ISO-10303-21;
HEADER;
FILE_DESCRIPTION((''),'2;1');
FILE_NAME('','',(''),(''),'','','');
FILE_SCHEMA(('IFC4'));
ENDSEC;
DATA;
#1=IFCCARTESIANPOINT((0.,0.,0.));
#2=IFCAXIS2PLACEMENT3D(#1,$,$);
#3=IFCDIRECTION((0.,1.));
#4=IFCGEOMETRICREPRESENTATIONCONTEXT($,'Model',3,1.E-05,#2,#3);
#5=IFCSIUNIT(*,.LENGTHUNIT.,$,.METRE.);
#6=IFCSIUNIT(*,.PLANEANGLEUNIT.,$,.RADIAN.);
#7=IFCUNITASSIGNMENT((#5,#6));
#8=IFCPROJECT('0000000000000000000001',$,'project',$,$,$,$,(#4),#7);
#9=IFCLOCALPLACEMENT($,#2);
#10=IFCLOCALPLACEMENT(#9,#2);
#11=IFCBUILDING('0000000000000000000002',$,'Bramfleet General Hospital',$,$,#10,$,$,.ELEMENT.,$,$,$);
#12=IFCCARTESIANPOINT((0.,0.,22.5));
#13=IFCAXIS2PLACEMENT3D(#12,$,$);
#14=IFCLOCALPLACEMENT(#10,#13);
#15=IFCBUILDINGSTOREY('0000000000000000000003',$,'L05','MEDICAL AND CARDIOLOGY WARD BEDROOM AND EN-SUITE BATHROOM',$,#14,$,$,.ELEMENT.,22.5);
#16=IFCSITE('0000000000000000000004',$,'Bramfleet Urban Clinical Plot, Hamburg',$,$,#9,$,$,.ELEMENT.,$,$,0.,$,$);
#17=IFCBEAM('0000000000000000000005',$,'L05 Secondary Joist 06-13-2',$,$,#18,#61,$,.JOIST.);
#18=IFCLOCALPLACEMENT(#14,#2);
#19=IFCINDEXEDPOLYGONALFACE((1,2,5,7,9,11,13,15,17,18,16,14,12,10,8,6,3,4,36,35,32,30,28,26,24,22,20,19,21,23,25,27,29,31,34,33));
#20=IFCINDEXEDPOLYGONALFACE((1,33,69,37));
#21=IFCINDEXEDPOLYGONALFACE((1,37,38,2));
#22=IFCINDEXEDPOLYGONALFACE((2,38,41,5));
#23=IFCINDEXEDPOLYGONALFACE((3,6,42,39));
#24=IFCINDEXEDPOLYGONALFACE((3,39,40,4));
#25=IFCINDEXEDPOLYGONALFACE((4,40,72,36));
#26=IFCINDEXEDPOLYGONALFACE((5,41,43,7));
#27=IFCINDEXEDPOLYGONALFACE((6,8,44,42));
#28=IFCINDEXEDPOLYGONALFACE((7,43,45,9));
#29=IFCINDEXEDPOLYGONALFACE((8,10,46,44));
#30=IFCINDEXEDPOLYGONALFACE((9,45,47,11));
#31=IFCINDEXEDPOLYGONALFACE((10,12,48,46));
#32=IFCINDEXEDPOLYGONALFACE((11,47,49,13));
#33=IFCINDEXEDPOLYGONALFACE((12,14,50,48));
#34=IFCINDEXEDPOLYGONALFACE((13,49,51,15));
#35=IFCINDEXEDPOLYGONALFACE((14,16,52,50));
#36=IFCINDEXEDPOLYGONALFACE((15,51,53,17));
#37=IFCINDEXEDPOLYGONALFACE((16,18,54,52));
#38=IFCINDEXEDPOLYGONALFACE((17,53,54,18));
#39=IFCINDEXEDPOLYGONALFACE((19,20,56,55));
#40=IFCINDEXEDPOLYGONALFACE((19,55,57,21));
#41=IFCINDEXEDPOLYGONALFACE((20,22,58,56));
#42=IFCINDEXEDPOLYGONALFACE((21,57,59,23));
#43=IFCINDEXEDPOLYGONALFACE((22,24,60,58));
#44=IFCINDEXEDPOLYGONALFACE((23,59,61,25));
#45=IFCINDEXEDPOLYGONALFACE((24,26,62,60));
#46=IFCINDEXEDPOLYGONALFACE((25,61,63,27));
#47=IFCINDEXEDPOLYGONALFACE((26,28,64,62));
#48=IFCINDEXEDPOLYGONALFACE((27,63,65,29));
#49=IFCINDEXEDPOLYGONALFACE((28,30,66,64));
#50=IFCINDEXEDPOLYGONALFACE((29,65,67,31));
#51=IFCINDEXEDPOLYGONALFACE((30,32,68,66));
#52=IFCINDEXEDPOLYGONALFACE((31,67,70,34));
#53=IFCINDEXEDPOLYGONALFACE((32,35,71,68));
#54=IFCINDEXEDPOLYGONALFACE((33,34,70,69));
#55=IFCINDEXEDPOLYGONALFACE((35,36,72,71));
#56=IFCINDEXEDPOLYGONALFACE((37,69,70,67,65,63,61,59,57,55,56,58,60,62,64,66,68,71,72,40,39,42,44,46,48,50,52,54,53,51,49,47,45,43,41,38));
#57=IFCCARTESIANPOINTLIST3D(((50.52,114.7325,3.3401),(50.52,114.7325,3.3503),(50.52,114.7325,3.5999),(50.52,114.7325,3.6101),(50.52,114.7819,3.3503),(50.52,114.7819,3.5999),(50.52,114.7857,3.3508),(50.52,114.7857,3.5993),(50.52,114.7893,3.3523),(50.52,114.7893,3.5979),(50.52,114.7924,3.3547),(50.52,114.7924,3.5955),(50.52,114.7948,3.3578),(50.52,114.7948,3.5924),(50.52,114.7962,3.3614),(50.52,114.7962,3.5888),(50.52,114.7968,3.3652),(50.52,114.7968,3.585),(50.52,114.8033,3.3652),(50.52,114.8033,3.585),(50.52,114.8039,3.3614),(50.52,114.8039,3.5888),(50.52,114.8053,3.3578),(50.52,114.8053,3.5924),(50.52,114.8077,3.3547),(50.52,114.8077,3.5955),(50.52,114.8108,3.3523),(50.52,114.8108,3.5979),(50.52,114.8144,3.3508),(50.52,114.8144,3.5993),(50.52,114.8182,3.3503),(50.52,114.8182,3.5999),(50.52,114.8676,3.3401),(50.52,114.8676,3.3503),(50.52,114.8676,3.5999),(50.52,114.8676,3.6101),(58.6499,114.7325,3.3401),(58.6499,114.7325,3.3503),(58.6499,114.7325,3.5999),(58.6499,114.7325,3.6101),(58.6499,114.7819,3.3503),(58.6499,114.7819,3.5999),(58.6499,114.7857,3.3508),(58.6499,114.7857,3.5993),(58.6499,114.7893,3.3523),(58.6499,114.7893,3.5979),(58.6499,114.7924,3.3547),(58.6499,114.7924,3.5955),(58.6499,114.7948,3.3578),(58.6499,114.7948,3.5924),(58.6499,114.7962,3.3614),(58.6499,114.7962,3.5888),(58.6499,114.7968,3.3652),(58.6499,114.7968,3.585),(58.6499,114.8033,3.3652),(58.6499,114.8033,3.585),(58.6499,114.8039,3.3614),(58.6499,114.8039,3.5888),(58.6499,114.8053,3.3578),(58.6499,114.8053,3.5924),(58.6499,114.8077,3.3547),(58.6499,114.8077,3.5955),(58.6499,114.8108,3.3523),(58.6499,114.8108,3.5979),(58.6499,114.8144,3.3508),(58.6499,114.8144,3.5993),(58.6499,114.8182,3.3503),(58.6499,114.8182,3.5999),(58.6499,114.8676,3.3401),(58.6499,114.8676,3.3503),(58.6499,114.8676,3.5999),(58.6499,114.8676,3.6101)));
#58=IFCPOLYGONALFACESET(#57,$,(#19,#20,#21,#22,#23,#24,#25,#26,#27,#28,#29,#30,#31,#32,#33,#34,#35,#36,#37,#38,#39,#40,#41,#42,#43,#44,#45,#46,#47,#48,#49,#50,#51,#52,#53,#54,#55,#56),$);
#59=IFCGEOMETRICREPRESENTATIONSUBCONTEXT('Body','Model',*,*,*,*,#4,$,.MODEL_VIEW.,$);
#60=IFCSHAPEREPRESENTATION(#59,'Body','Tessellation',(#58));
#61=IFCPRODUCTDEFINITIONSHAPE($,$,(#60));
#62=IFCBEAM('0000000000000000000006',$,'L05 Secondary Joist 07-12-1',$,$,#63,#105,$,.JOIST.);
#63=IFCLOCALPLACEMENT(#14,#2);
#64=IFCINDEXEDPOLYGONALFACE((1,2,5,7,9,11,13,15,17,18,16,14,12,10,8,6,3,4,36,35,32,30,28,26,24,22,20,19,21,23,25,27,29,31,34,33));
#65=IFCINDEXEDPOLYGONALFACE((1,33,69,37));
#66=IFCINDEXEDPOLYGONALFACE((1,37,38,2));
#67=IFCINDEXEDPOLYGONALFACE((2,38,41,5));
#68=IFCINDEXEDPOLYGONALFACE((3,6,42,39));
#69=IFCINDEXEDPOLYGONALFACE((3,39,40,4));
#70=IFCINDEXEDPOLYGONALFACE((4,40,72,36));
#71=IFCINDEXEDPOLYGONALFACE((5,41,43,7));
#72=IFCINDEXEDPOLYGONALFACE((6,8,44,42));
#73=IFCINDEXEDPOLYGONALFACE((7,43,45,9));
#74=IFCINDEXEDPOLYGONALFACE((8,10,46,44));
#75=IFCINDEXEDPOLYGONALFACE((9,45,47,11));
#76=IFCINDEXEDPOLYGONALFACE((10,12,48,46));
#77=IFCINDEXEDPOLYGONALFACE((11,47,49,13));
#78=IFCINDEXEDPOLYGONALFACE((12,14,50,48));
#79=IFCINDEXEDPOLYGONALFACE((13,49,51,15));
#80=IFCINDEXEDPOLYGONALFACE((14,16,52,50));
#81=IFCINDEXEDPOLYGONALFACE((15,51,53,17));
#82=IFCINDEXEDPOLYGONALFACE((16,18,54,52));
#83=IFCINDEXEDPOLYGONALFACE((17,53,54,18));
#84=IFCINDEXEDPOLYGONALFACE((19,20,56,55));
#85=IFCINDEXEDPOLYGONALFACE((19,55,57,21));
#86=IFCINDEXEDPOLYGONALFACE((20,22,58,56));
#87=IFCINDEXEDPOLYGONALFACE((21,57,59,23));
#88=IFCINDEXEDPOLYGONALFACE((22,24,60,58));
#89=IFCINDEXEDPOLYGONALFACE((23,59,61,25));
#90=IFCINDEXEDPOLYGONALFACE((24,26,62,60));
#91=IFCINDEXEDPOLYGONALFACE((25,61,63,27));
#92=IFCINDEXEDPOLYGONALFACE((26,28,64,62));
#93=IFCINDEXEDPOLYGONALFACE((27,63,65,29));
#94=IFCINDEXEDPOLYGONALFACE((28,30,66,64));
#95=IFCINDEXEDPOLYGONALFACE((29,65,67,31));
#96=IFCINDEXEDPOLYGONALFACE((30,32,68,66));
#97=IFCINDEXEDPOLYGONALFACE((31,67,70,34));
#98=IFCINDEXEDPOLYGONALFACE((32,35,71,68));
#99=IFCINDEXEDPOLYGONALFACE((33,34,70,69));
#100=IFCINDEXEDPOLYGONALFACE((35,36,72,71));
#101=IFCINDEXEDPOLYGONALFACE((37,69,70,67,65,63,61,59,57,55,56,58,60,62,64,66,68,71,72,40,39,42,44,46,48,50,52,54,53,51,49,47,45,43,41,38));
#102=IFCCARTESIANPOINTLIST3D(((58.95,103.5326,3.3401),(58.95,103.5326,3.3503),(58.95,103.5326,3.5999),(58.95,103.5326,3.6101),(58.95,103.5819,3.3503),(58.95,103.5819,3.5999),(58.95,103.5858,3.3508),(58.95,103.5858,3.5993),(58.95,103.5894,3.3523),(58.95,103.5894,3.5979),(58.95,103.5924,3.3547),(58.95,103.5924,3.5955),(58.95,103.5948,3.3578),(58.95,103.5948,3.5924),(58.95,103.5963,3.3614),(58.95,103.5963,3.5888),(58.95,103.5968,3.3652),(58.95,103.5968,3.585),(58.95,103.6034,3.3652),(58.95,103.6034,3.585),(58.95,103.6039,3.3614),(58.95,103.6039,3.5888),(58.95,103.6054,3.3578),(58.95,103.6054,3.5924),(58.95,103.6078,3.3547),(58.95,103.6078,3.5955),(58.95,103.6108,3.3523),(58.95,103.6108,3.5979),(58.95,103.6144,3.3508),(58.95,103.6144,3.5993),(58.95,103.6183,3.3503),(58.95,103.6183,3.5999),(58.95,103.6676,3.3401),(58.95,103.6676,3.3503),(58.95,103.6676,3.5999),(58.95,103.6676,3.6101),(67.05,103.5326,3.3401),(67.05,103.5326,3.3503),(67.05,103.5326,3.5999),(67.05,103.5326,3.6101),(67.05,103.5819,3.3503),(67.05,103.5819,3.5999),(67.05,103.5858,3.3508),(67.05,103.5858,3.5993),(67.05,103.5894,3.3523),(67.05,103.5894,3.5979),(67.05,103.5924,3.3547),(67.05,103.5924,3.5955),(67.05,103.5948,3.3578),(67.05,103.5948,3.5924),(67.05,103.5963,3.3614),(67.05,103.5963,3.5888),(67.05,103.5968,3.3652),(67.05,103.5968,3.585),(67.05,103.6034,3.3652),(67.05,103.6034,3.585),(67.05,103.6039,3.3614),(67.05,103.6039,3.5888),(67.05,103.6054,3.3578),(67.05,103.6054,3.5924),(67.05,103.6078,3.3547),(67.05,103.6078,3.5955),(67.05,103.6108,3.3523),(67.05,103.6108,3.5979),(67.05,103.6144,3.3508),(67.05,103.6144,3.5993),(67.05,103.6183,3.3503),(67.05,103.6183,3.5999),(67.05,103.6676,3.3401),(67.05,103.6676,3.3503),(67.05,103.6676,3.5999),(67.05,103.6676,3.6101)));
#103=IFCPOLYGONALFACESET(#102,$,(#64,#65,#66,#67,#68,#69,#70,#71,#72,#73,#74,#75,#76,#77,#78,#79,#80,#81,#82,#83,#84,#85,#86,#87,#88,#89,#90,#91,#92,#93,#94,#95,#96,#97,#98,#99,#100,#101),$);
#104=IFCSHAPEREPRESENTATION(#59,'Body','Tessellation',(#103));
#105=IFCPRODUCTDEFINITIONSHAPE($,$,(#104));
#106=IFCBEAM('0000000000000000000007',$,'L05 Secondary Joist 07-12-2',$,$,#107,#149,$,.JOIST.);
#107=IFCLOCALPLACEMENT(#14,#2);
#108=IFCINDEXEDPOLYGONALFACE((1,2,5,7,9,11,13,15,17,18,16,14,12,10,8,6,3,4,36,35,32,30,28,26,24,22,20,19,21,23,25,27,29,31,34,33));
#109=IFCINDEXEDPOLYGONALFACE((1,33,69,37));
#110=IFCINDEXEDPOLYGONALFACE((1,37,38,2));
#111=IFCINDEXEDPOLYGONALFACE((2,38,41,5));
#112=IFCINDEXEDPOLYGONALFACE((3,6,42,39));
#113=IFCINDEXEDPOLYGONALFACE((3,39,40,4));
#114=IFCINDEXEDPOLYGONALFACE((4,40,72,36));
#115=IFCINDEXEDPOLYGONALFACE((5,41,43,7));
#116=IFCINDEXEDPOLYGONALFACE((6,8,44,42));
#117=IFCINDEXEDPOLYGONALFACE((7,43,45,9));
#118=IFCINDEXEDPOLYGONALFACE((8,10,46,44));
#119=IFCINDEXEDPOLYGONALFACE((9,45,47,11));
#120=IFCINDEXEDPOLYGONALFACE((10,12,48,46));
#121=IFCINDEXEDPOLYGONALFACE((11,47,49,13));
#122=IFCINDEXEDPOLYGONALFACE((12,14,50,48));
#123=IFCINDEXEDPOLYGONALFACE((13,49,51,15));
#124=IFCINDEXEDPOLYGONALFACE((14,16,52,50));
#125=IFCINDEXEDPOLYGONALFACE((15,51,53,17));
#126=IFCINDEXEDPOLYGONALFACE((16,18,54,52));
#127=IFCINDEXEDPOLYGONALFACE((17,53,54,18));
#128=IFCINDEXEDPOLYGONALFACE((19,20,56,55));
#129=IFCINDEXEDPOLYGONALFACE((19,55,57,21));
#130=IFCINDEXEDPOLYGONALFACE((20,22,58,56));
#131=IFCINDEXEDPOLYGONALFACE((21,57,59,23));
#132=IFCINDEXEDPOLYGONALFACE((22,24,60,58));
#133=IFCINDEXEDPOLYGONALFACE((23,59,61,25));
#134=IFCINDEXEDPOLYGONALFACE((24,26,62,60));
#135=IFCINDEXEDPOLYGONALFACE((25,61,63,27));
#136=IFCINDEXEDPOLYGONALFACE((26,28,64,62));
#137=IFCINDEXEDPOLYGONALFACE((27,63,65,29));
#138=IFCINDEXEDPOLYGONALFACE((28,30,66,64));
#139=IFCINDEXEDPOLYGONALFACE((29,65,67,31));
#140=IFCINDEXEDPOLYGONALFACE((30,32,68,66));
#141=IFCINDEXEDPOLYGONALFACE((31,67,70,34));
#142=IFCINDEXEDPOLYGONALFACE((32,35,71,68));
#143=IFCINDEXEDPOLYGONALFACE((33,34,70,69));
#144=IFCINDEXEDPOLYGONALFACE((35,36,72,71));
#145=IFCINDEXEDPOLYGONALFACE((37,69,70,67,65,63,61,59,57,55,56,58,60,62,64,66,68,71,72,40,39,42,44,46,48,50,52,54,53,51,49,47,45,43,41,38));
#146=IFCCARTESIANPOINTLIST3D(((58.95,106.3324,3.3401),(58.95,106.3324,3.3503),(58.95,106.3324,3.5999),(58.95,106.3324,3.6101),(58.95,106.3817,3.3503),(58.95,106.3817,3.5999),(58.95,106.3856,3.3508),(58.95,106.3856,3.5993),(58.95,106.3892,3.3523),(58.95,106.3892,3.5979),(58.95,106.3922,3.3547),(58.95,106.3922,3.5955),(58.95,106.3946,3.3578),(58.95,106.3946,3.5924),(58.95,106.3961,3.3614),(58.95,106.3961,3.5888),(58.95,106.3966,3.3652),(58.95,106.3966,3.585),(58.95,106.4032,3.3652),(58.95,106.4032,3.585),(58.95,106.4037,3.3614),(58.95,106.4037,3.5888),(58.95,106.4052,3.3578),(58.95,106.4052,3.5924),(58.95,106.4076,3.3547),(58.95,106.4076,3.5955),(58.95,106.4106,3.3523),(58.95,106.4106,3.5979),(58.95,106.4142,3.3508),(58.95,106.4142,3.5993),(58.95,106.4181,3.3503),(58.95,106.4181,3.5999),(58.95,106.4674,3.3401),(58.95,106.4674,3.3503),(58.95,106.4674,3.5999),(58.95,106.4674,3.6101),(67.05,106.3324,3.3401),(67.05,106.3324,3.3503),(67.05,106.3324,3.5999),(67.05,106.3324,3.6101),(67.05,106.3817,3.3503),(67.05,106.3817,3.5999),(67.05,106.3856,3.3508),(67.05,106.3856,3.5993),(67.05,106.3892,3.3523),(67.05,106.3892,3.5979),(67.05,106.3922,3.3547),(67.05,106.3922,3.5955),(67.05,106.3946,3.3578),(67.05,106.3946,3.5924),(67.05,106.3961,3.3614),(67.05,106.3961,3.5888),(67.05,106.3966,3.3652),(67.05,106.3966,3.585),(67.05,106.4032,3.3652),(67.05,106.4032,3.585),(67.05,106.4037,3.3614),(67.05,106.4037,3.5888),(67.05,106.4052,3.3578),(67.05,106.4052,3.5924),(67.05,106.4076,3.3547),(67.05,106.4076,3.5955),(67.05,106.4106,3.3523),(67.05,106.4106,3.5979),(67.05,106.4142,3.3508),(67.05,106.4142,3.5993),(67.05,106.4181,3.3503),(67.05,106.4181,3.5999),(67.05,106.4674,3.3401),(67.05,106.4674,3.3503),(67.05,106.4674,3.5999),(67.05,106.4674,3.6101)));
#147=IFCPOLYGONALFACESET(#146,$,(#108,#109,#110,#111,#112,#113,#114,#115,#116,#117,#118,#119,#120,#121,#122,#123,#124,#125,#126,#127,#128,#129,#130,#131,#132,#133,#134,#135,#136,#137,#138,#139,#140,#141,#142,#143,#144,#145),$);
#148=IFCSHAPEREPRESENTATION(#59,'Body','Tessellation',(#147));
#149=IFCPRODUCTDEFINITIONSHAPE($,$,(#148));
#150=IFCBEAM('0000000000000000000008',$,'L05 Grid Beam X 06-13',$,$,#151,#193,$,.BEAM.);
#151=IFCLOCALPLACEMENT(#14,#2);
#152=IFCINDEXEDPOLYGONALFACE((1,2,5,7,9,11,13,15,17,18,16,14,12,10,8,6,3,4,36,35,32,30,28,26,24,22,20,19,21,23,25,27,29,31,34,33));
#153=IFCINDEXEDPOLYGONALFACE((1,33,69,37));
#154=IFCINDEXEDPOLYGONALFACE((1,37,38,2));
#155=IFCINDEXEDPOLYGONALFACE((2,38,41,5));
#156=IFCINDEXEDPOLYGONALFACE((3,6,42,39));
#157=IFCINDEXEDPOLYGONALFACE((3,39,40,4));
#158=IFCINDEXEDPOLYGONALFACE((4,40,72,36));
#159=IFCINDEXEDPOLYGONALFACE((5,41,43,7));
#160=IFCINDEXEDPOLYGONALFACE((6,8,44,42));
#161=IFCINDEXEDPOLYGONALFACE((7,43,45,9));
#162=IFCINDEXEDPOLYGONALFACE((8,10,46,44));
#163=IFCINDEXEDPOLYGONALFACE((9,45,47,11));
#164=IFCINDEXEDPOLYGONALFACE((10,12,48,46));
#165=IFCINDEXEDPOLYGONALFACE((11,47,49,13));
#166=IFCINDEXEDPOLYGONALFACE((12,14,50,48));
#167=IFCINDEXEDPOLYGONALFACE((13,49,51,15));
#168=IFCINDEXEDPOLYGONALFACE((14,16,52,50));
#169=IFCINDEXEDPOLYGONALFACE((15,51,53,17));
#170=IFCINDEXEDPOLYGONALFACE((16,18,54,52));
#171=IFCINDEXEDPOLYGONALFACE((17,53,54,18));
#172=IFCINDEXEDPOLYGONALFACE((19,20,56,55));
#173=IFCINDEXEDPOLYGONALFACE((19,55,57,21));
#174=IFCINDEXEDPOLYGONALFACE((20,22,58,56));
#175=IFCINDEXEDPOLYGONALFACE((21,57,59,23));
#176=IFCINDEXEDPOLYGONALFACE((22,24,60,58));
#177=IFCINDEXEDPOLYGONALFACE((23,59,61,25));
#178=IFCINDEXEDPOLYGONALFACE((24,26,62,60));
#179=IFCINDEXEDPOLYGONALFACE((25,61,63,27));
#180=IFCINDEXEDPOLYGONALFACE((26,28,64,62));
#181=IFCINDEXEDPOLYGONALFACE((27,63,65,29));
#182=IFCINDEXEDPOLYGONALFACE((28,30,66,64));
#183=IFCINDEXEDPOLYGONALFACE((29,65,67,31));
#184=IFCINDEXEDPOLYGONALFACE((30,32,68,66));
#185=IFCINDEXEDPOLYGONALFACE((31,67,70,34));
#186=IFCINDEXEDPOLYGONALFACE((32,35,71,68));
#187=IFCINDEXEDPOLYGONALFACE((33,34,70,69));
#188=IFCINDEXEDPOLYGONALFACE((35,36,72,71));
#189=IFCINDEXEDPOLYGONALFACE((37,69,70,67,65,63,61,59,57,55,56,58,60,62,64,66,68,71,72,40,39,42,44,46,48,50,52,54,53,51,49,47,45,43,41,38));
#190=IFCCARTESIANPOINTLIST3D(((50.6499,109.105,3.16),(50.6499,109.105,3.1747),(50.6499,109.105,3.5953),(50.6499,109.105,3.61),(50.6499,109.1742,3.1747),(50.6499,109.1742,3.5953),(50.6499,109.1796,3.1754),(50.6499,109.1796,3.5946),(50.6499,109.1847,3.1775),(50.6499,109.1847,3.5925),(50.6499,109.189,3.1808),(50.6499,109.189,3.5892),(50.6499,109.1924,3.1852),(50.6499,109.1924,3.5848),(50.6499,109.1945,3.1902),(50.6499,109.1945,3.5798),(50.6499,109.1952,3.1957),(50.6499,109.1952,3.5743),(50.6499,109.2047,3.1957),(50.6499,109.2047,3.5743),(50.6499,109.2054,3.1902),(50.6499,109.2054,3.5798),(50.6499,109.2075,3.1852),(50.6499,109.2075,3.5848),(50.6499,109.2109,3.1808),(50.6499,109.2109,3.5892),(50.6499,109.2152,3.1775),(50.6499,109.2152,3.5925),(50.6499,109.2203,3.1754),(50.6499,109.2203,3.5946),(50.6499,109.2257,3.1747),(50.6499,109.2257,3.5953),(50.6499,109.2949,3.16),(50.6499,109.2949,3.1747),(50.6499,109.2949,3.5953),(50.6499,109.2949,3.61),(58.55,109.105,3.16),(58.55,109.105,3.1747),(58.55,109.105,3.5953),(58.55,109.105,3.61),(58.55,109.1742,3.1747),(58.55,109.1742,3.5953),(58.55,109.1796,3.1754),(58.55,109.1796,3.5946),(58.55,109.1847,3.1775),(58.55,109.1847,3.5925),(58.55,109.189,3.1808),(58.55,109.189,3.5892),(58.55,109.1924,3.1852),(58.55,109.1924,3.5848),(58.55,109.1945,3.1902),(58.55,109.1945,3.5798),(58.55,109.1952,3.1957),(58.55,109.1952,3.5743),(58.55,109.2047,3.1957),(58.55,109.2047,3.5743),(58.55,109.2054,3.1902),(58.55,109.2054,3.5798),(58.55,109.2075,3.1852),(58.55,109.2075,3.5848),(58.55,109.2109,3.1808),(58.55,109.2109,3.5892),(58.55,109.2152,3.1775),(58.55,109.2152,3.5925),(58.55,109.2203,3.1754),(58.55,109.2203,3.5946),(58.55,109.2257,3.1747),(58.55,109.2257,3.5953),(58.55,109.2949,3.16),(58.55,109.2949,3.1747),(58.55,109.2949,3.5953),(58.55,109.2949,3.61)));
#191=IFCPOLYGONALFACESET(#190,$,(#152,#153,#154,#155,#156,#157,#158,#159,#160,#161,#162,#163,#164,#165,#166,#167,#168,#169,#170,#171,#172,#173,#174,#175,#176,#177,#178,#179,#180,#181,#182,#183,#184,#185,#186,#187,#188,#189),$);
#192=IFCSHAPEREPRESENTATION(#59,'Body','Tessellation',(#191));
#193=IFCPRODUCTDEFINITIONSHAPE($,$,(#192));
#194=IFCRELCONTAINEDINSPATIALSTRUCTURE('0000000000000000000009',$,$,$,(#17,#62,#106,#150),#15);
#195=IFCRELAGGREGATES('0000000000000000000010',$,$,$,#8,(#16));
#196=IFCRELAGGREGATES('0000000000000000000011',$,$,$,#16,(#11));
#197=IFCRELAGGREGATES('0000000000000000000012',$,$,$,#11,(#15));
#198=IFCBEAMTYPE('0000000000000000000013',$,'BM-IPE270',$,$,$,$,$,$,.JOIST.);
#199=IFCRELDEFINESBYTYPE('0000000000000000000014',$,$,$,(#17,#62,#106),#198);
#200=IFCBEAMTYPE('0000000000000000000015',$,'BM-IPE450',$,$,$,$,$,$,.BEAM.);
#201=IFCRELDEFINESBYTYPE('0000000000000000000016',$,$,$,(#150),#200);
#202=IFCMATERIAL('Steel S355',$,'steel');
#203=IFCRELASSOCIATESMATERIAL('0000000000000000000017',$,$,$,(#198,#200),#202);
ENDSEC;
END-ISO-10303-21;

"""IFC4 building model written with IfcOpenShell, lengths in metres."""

from ifc_helpers import new_model, si_unit, direction, frame, origin, origin_2d, place, context, subcontext, project, spatial, i_section, extrude, material, material_profile, profile_set, type_object, element, save


model = new_model("IFC4")

# Units and contexts
model_context = context("Model", 3, precision=1e-05, world=origin(), true_north=direction((0.0, 1.0)))
body_context = subcontext(model_context, "Body", "Model", "MODEL_VIEW")
ifc_project = project(units=[si_unit("LENGTHUNIT", "METRE"), si_unit("PLANEANGLEUNIT", "RADIAN")], contexts=[model_context])

# Site, building, storey
site_placement = place(None, origin())
site = spatial("IfcSite", under=ifc_project, at=site_placement, Name="Bramfleet Urban Clinical Plot, Hamburg", CompositionType="ELEMENT", RefElevation=0.0)
building_placement = place(site_placement, origin())
building = spatial("IfcBuilding", under=site, at=building_placement, Name="Bramfleet General Hospital", CompositionType="ELEMENT")
storey_placement = place(building_placement, frame((0.0, 0.0, 22.5)))
storey = spatial("IfcBuildingStorey", under=building, at=storey_placement, Name="L05", Description="MEDICAL AND CARDIOLOGY WARD BEDROOM AND EN-SUITE BATHROOM", CompositionType="ELEMENT", Elevation=22.5)

# Beams
ifc_material_1 = material(Name="Steel S355", Category="steel")
ifc_material_profile_1 = material_profile(ifc_material_1, i_section(OverallWidth=0.135, OverallDepth=0.27, WebThickness=0.0066, FlangeThickness=0.0103, FilletRadius=0.0149, at=origin_2d()), Name="IPE 270")
ifc_profile_set_1 = profile_set([ifc_material_profile_1], Name="Steel S355")
beam_type_1 = type_object("IfcBeamType", Name="BM-IPE270", PredefinedType="JOIST", material=ifc_profile_set_1)
for number, where, z_axis, x_axis, name in (
    (1, (50.52, 114.8, 3.4751), (1.0, 0.0, 0.0), (0.0, 1.0, 0.0), "L05 Secondary Joist 06-13-2"),
):
    element("IfcBeam", number, at=place(storey_placement, frame(where, z_axis=z_axis, x_axis=x_axis)), inside=storey, type_object=beam_type_1, Name=name, PredefinedType="JOIST", context=body_context, shape_type="SweptSolid", body=[
        extrude(i_section(OverallWidth=0.135, OverallDepth=0.27, WebThickness=0.0066, FlangeThickness=0.0103, FilletRadius=0.0149, at=origin_2d()), origin(), (0.0, 0.0, 1.0), 8.1299),
    ])
for number, where, z_axis, x_axis, name in (
    (2, (58.95, 103.6001, 3.4751), (1.0, 0.0, 0.0), (0.0, 1.0, 0.0), "L05 Secondary Joist 07-12-1"),
    (3, (58.95, 106.3999, 3.4751), (1.0, 0.0, 0.0), (0.0, 1.0, 0.0), "L05 Secondary Joist 07-12-2"),
):
    element("IfcBeam", number, at=place(storey_placement, frame(where, z_axis=z_axis, x_axis=x_axis)), inside=storey, type_object=beam_type_1, Name=name, PredefinedType="JOIST", context=body_context, shape_type="SweptSolid", body=[
        extrude(i_section(OverallWidth=0.135, OverallDepth=0.27, WebThickness=0.0066, FlangeThickness=0.0103, FilletRadius=0.0149, at=origin_2d()), origin(), (0.0, 0.0, 1.0), 8.1001),
    ])
ifc_material_profile_2 = material_profile(ifc_material_1, i_section(OverallWidth=0.1899, OverallDepth=0.45, WebThickness=0.0095, FlangeThickness=0.0146, FilletRadius=0.021, at=origin_2d()), Name="IPE 450")
ifc_profile_set_2 = profile_set([ifc_material_profile_2], Name="Steel S355")
beam_type_2 = type_object("IfcBeamType", Name="BM-IPE450", PredefinedType="BEAM", material=ifc_profile_set_2)
beam_1_placement = place(storey_placement, frame((50.6499, 109.2, 3.385), z_axis=(1.0, 0.0, 0.0), x_axis=(0.0, 1.0, 0.0)))
element("IfcBeam", 4, at=beam_1_placement, inside=storey, type_object=beam_type_2, Name="L05 Grid Beam X 06-13", PredefinedType="BEAM", context=body_context, shape_type="SweptSolid", body=[
    extrude(i_section(OverallWidth=0.1899, OverallDepth=0.45, WebThickness=0.0095, FlangeThickness=0.0146, FilletRadius=0.021, at=origin_2d()), origin(), (0.0, 0.0, 1.0), 7.9001),
])

save(model, "model.ifc")
